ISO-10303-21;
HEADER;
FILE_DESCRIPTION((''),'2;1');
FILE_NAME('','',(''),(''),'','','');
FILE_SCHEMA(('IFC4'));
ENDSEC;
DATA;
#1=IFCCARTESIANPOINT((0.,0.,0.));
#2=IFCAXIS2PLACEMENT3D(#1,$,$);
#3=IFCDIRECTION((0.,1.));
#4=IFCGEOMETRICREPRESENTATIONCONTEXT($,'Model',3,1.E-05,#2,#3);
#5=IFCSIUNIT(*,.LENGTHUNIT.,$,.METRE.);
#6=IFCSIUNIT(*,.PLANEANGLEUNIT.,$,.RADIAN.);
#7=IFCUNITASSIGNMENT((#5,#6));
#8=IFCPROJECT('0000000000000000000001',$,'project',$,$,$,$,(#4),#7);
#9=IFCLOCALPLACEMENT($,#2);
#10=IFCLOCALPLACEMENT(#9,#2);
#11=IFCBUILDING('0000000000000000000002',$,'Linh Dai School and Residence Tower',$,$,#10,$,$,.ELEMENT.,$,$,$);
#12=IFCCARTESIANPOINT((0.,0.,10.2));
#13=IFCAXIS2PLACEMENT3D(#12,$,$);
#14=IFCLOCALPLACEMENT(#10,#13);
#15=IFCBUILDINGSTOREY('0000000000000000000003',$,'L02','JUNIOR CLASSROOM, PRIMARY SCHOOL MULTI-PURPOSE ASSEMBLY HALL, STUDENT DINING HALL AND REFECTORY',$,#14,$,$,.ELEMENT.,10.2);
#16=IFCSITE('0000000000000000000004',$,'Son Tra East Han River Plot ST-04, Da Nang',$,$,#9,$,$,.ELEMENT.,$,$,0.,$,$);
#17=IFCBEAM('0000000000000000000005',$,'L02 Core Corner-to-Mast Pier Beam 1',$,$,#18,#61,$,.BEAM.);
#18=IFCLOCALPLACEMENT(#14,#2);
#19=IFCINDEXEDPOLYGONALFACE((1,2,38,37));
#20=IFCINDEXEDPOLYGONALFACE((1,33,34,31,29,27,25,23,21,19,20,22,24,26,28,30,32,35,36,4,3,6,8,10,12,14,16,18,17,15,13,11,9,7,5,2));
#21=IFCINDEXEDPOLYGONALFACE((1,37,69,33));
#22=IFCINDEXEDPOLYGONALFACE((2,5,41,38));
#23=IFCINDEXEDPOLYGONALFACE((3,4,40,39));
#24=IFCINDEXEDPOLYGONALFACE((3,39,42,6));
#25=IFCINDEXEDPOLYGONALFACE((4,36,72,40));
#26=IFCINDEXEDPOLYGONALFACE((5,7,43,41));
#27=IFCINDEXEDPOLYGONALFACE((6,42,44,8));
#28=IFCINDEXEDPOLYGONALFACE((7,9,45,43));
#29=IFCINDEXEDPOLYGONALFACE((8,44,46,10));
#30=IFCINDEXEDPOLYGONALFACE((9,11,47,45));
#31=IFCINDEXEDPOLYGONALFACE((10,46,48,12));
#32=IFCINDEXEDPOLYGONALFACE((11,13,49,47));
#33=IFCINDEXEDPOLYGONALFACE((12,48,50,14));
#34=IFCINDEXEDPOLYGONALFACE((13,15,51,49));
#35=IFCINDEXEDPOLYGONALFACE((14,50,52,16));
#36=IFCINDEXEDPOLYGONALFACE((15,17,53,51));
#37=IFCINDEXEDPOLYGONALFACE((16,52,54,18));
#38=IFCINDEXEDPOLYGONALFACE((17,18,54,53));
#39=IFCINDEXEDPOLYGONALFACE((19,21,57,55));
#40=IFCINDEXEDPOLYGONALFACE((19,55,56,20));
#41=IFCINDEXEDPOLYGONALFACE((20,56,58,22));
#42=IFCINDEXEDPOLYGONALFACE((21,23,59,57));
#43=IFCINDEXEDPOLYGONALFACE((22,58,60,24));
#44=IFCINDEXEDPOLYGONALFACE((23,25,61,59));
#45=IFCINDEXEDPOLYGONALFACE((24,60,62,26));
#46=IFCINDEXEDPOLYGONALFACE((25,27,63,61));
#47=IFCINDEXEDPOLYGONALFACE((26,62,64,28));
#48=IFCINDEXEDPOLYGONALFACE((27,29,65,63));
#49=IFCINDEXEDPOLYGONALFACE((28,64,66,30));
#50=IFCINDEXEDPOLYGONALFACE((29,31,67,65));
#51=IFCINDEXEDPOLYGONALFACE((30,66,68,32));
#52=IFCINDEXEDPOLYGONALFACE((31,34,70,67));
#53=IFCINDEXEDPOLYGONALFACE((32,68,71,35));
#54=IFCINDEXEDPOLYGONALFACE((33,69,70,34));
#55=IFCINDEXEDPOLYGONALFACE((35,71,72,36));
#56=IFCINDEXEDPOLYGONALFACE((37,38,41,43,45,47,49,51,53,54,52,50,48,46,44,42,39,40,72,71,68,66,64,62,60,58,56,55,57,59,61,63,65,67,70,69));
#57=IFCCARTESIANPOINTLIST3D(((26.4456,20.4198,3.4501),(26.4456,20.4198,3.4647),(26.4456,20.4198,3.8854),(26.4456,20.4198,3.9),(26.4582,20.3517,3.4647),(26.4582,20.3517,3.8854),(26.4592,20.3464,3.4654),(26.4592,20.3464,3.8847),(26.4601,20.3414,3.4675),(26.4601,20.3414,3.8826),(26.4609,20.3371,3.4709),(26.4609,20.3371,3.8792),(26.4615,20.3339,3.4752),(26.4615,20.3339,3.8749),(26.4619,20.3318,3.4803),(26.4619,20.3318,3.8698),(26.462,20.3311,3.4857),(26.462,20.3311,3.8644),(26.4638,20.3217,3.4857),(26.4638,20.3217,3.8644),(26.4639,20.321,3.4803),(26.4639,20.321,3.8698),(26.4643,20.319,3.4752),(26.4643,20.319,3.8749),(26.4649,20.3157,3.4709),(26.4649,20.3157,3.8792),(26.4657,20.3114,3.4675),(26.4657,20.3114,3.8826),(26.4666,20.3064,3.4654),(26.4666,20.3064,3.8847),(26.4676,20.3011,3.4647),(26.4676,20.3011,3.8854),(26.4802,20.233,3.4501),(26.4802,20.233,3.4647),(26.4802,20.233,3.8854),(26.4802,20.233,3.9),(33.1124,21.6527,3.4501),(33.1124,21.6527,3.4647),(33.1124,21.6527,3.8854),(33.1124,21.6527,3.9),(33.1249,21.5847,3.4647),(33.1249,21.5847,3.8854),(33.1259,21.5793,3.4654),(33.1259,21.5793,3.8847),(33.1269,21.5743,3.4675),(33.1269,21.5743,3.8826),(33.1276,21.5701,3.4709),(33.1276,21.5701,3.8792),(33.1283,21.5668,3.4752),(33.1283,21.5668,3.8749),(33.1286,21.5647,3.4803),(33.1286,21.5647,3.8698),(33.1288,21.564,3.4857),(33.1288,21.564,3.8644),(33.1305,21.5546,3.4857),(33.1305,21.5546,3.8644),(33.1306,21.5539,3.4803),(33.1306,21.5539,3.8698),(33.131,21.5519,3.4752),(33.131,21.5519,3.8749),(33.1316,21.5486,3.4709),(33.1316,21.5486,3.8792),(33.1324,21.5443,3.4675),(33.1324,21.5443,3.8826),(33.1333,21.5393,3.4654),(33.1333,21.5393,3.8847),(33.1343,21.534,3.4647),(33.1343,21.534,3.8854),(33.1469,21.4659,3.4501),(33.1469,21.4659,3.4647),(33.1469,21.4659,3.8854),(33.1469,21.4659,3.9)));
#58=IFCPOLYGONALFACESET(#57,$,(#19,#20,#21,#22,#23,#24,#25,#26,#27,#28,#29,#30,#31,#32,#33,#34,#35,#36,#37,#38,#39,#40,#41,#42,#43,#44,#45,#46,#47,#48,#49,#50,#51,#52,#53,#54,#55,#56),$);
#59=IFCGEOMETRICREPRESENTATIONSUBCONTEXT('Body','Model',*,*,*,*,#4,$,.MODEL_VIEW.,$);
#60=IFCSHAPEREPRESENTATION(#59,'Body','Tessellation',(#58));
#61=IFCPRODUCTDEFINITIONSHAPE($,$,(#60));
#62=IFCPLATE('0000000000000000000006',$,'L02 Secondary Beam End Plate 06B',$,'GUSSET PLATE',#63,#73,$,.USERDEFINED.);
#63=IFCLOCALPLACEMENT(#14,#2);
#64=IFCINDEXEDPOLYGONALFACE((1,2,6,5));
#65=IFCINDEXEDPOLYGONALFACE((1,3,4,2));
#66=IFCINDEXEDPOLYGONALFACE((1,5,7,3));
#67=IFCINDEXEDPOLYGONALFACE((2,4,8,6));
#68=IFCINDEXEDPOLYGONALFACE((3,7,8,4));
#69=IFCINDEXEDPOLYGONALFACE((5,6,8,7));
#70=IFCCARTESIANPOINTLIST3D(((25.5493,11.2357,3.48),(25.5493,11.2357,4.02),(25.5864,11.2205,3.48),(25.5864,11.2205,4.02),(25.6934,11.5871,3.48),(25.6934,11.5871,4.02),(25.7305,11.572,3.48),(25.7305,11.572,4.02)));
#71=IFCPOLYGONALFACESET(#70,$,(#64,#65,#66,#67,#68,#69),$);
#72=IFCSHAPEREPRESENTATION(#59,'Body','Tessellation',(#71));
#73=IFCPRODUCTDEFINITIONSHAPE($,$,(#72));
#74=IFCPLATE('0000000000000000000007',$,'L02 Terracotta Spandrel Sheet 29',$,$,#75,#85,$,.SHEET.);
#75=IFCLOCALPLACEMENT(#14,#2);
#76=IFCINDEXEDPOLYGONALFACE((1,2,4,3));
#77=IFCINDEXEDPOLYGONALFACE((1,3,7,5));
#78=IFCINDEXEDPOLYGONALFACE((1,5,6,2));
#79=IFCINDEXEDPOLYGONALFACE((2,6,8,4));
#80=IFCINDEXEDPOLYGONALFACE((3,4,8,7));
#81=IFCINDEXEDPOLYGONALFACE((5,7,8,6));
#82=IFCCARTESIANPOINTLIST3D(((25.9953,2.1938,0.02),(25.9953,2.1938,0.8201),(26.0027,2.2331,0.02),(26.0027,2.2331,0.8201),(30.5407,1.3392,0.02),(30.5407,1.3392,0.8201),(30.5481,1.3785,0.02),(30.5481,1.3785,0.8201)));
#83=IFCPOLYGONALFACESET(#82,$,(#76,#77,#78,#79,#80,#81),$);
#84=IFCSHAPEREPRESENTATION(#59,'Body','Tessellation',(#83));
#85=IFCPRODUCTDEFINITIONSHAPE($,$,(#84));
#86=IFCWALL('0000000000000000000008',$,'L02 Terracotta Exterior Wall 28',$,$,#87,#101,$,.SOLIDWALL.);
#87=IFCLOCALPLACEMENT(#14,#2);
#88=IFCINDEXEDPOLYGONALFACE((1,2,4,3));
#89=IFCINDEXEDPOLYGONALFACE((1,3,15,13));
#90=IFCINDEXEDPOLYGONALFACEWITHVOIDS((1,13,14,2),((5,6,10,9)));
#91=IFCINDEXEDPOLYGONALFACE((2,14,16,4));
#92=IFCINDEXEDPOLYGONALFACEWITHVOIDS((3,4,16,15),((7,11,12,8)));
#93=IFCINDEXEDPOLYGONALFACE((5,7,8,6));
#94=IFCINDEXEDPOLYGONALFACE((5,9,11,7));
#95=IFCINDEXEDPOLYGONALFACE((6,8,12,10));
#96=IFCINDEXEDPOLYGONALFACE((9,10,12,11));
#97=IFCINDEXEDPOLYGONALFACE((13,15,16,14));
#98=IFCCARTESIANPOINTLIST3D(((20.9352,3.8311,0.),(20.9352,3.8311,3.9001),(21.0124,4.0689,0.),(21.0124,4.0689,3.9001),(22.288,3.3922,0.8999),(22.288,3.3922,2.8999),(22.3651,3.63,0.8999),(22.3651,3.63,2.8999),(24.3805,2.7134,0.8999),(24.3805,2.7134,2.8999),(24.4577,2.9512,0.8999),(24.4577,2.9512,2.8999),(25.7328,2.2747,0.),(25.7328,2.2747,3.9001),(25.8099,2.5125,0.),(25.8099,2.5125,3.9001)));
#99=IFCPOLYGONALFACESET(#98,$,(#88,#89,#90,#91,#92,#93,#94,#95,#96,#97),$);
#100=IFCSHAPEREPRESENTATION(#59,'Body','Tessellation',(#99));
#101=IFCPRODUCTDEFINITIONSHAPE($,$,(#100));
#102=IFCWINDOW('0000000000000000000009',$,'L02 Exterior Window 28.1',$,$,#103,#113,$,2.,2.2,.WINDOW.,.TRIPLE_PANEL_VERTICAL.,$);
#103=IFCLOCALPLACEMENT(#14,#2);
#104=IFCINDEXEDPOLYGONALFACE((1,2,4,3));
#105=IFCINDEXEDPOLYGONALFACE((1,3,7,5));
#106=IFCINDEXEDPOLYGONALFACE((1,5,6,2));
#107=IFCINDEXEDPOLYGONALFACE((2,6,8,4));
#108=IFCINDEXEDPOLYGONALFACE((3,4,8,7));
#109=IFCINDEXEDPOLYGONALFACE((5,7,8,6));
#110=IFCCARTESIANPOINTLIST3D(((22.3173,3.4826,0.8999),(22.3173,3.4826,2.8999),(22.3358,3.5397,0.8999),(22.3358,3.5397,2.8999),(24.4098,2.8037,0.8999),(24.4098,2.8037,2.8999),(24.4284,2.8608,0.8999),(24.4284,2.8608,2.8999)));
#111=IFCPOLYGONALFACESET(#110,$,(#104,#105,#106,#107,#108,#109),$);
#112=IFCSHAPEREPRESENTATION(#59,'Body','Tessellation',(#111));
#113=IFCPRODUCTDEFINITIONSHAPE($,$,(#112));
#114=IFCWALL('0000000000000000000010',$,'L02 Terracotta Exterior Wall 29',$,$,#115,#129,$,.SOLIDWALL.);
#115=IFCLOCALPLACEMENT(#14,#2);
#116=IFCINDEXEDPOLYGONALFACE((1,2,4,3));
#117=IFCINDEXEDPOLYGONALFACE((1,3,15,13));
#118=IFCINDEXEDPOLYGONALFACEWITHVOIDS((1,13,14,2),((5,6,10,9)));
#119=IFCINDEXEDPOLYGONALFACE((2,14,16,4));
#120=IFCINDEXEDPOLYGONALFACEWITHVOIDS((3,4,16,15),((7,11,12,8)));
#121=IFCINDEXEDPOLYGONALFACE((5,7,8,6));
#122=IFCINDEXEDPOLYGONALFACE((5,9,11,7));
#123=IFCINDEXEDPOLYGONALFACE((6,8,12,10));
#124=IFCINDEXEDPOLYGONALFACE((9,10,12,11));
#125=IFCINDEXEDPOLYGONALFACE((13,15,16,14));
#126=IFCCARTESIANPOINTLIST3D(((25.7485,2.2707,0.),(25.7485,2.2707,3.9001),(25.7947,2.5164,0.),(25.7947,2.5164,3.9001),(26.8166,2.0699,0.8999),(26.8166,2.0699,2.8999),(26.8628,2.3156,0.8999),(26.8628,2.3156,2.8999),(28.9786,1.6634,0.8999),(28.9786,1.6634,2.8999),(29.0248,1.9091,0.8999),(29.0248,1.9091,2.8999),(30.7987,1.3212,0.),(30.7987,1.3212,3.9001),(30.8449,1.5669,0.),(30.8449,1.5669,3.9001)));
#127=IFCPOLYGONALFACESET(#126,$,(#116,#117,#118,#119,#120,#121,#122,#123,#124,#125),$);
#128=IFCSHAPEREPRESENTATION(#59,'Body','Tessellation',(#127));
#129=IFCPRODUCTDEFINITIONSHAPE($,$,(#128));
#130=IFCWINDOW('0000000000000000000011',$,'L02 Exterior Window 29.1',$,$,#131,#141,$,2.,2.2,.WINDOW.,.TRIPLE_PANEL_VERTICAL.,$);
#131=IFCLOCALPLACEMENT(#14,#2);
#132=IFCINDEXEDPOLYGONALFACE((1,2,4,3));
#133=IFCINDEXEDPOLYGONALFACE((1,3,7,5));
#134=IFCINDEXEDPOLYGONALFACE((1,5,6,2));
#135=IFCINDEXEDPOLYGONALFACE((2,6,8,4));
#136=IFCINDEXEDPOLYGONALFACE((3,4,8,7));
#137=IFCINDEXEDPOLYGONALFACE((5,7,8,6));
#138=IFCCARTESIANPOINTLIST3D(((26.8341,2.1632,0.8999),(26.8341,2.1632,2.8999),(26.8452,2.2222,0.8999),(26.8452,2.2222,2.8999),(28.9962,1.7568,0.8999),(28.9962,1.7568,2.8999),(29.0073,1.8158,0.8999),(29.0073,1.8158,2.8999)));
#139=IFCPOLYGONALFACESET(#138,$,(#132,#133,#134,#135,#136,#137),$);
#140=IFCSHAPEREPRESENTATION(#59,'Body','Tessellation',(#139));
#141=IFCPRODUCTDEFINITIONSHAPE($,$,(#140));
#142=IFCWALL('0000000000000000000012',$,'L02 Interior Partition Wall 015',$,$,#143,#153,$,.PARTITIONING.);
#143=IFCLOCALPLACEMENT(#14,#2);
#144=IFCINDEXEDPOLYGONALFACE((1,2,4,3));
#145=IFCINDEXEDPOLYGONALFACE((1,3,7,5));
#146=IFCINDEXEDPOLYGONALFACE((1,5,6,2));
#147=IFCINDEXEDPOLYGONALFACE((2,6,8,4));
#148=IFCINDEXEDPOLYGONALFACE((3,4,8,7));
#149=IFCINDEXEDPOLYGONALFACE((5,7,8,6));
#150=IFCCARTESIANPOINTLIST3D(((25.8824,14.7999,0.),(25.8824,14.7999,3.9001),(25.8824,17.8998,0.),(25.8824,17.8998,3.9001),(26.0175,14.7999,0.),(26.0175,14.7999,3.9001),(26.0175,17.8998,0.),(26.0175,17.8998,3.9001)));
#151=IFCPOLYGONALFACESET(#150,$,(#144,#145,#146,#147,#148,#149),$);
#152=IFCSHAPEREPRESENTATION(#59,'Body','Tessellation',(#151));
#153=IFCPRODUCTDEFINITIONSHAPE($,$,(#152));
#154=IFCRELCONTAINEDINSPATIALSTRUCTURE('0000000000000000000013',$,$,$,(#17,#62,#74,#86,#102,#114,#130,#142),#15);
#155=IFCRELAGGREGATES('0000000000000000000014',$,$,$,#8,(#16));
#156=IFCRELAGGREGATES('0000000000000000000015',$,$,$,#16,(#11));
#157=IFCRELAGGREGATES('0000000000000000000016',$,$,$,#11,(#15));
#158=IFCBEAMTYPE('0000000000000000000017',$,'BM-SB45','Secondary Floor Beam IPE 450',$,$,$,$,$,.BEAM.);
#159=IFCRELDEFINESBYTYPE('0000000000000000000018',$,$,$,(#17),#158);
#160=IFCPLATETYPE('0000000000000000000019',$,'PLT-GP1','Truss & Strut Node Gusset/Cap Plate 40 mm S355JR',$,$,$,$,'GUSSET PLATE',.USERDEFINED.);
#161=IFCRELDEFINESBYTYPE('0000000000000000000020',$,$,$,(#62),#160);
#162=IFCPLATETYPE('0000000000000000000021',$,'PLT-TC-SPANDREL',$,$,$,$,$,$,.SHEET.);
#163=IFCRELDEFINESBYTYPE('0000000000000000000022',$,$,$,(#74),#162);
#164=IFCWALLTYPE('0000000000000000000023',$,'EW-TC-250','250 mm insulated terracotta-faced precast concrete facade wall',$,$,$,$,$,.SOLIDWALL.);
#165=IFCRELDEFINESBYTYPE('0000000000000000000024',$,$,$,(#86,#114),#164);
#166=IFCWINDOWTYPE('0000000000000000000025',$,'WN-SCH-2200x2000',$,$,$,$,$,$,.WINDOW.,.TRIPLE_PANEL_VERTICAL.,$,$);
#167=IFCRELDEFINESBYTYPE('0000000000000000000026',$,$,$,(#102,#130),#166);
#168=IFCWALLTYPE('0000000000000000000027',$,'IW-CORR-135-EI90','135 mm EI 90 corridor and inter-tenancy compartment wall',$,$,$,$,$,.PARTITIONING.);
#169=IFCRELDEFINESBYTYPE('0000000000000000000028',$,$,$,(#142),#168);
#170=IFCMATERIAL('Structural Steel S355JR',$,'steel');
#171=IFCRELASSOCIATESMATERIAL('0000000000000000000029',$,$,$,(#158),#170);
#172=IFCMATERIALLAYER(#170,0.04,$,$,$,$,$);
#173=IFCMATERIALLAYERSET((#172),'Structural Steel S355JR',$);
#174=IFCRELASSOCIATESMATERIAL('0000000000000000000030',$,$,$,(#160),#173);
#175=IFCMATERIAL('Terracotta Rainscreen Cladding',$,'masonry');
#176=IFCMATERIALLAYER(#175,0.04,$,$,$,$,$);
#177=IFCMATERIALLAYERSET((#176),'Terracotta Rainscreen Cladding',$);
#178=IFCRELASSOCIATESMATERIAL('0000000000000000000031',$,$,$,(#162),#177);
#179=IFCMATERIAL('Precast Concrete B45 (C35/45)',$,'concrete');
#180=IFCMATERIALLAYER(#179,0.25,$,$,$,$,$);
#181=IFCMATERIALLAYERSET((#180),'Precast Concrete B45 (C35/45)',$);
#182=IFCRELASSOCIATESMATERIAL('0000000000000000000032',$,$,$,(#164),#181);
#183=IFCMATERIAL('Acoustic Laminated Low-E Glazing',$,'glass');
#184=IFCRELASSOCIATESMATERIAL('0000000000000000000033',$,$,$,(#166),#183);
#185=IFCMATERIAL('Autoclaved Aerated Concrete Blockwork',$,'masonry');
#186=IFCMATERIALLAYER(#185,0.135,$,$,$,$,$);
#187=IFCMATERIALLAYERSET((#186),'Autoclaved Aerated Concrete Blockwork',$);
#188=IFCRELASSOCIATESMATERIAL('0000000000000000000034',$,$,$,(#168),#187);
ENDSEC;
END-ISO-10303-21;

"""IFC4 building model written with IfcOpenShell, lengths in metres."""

from ifc_helpers import new_model, si_unit, direction, frame, frame_2d, origin, origin_2d, place, context, subcontext, project, spatial, rectangle, i_section, extrude, source, transform, mapped, material, layer, layer_set, material_profile, profile_set, type_object, element, fill, save


model = new_model("IFC4")

# Units and contexts
model_context = context("Model", 3, precision=1e-05, world=origin(), true_north=direction((0.0, 1.0)))
body_context = subcontext(model_context, "Body", "Model", "MODEL_VIEW")
ifc_project = project(units=[si_unit("LENGTHUNIT", "METRE"), si_unit("PLANEANGLEUNIT", "RADIAN")], contexts=[model_context])

# Site, building, storey
site_placement = place(None, origin())
site = spatial("IfcSite", under=ifc_project, at=site_placement, Name="Son Tra East Han River Plot ST-04, Da Nang", CompositionType="ELEMENT", RefElevation=0.0)
building_placement = place(site_placement, origin())
building = spatial("IfcBuilding", under=site, at=building_placement, Name="Linh Dai School and Residence Tower", CompositionType="ELEMENT")
storey_placement = place(building_placement, frame((0.0, 0.0, 10.2)))
storey = spatial("IfcBuildingStorey", under=building, at=storey_placement, Name="L02", Description="JUNIOR CLASSROOM, PRIMARY SCHOOL MULTI-PURPOSE ASSEMBLY HALL, STUDENT DINING HALL AND REFECTORY", CompositionType="ELEMENT", Elevation=10.2)

# Shared definitions
ifc_material_1 = material(Name="Structural Steel S355JR", Category="steel")

# Beam
ifc_material_profile_1 = material_profile(ifc_material_1, i_section(OverallWidth=0.1899, OverallDepth=0.45, WebThickness=0.0095, FlangeThickness=0.0146, FilletRadius=0.021, at=origin_2d()), Name="IPE 450")
ifc_profile_set_1 = profile_set([ifc_material_profile_1], Name="Structural Steel S355JR")
beam_type_1 = type_object("IfcBeamType", Name="BM-SB45", Description="Secondary Floor Beam IPE 450", PredefinedType="BEAM", material=ifc_profile_set_1)
beam_1_placement = place(storey_placement, frame((26.4629, 20.3264, 3.675), z_axis=(0.983326, 0.181851, 0.0), x_axis=(-0.181851, 0.983326, 0.0)))
element("IfcBeam", 1, at=beam_1_placement, inside=storey, type_object=beam_type_1, Name="L02 Core Corner-to-Mast Pier Beam 1", PredefinedType="BEAM", context=body_context, shape_type="SweptSolid", body=[
    extrude(i_section(OverallWidth=0.1899, OverallDepth=0.45, WebThickness=0.0095, FlangeThickness=0.0146, FilletRadius=0.021, at=origin_2d()), origin(), (0.0, 0.0, 1.0), 6.7798),
])

# Plates
ifc_layer_1 = layer(ifc_material_1, 0.04)
ifc_layer_set_1 = layer_set([ifc_layer_1], Name="Structural Steel S355JR")
plate_type_1 = type_object("IfcPlateType", Name="PLT-GP1", Description="Truss & Strut Node Gusset/Cap Plate 40 mm S355JR", ElementType="GUSSET PLATE", PredefinedType="USERDEFINED", material=ifc_layer_set_1)
shared_shape_1 = source(origin(), body_context, "Body", "SweptSolid", [
    extrude(rectangle(XDim=0.04, YDim=0.3799, at=origin_2d()), origin(), (0.0, 0.0, 1.0), 0.54),
])
plate_1_placement = place(storey_placement, frame((25.6399, 11.4038, 3.48), z_axis=(0.0, 0.0, 1.0), x_axis=(0.925232, -0.379401, 0.0)))
element("IfcPlate", 2, at=plate_1_placement, inside=storey, type_object=plate_type_1, Name="L02 Secondary Beam End Plate 06B", ObjectType="GUSSET PLATE", PredefinedType="USERDEFINED", context=body_context, shape_type="MappedRepresentation", body=[
    mapped(shared_shape_1, transform((0.0, 0.0, 0.0), x_axis=(1.0, 0.0, 0.0), y_axis=(0.0, 1.0, 0.0), z_axis=(0.0, 0.0, 1.0), scale=1.0)),
])
ifc_material_2 = material(Name="Terracotta Rainscreen Cladding", Category="masonry")
ifc_layer_2 = layer(ifc_material_2, 0.04)
ifc_layer_set_2 = layer_set([ifc_layer_2], Name="Terracotta Rainscreen Cladding")
plate_type_2 = type_object("IfcPlateType", Name="PLT-TC-SPANDREL", PredefinedType="SHEET", material=ifc_layer_set_2)
shared_shape_2 = source(origin(), body_context, "Body", "SweptSolid", [
    extrude(rectangle(XDim=4.625, YDim=0.04, at=origin_2d()), origin(), (0.0, 0.0, 1.0), 0.8),
])
plate_2_placement = place(storey_placement, frame((28.2717, 1.7861, 0.02), z_axis=(0.0, 0.0, 1.0), x_axis=(-0.982781, 0.184775, 0.0)))
element("IfcPlate", 3, at=plate_2_placement, inside=storey, type_object=plate_type_2, Name="L02 Terracotta Spandrel Sheet 29", PredefinedType="SHEET", context=body_context, shape_type="MappedRepresentation", body=[
    mapped(shared_shape_2, transform((0.0, 0.0, 0.0), x_axis=(1.0, 0.0, 0.0), y_axis=(0.0, 1.0, 0.0), z_axis=(0.0, 0.0, 1.0), scale=1.0)),
])

# Walls, openings, windows
ifc_material_3 = material(Name="Precast Concrete B45 (C35/45)", Category="concrete")
ifc_layer_3 = layer(ifc_material_3, 0.25)
ifc_layer_set_3 = layer_set([ifc_layer_3], Name="Precast Concrete B45 (C35/45)")
wall_type_1 = type_object("IfcWallType", Name="EW-TC-250", Description="250 mm insulated terracotta-faced precast concrete facade wall", PredefinedType="SOLIDWALL", material=ifc_layer_set_3)
wall_1_placement = place(storey_placement, frame((25.7715, 2.3936, 0.0), z_axis=(0.0, 0.0, 1.0), x_axis=(-0.951199, 0.308579, 0.0)))
wall_1 = element("IfcWall", 4, at=wall_1_placement, inside=storey, type_object=wall_type_1, Name="L02 Terracotta Exterior Wall 28", PredefinedType="SOLIDWALL", context=body_context, shape_type="SweptSolid", body=[
    extrude(rectangle(XDim=5.0437, YDim=0.25, at=frame_2d((2.522, 0.0))), origin(), (0.0, 0.0, 1.0), 3.9001),
])
opening_1_placement = place(wall_1_placement, frame((1.4216, 0.0, 0.8999)))
opening_1 = element("IfcOpeningElement", 5, at=opening_1_placement, cuts=wall_1, PredefinedType="OPENING", context=body_context, shape_type="SweptSolid", body=[
    extrude(rectangle(XDim=2.2, YDim=2.0, at=origin_2d()), frame((1.1001, 0.135, 1.0), z_axis=(0.0, -1.0, 0.0), x_axis=(1.0, 0.0, 0.0)), (0.0, 0.0, 1.0), 0.27),
])
ifc_material_4 = material(Name="Acoustic Laminated Low-E Glazing", Category="glass")
window_type = type_object("IfcWindowType", Name="WN-SCH-2200x2000", PartitioningType="TRIPLE_PANEL_VERTICAL", PredefinedType="WINDOW", material=ifc_material_4)
shared_shape_3 = source(origin(), body_context, "Body", "SweptSolid", [
    extrude(rectangle(XDim=2.2, YDim=2.0, at=origin_2d()), frame((1.1001, 0.03, 1.0), z_axis=(0.0, -1.0, 0.0), x_axis=(1.0, 0.0, 0.0)), (0.0, 0.0, 1.0), 0.0601),
])
window_1_placement = place(opening_1_placement, origin())
window_1 = element("IfcWindow", 6, at=window_1_placement, inside=storey, type_object=window_type, Name="L02 Exterior Window 28.1", OverallHeight=2.0, OverallWidth=2.2, PartitioningType="TRIPLE_PANEL_VERTICAL", PredefinedType="WINDOW", context=body_context, shape_type="MappedRepresentation", body=[
    mapped(shared_shape_3, transform((0.0, 0.0, 0.0), x_axis=(1.0, 0.0, 0.0), y_axis=(0.0, 1.0, 0.0), z_axis=(0.0, 0.0, 1.0), scale=1.0)),
])
fill(opening_1, window_1)
wall_2_placement = place(storey_placement, frame((30.8218, 1.4441, 0.0), z_axis=(0.0, 0.0, 1.0), x_axis=(-0.982783, 0.184765, 0.0)))
wall_2 = element("IfcWall", 7, at=wall_2_placement, inside=storey, type_object=wall_type_1, Name="L02 Terracotta Exterior Wall 29", PredefinedType="SOLIDWALL", context=body_context, shape_type="SweptSolid", body=[
    extrude(rectangle(XDim=5.1387, YDim=0.25, at=frame_2d((2.5693, 0.0))), origin(), (0.0, 0.0, 1.0), 3.9001),
])
opening_2_placement = place(wall_2_placement, frame((1.8518, 0.0, 0.8999)))
opening_2 = element("IfcOpeningElement", 8, at=opening_2_placement, cuts=wall_2, PredefinedType="OPENING", context=body_context, shape_type="SweptSolid", body=[
    extrude(rectangle(XDim=2.2, YDim=2.0, at=origin_2d()), frame((1.1001, 0.135, 1.0), z_axis=(0.0, -1.0, 0.0), x_axis=(1.0, 0.0, 0.0)), (0.0, 0.0, 1.0), 0.27),
])
window_2_placement = place(opening_2_placement, origin())
window_2 = element("IfcWindow", 9, at=window_2_placement, inside=storey, type_object=window_type, Name="L02 Exterior Window 29.1", OverallHeight=2.0, OverallWidth=2.2, PartitioningType="TRIPLE_PANEL_VERTICAL", PredefinedType="WINDOW", context=body_context, shape_type="MappedRepresentation", body=[
    mapped(shared_shape_3, transform((0.0, 0.0, 0.0), x_axis=(1.0, 0.0, 0.0), y_axis=(0.0, 1.0, 0.0), z_axis=(0.0, 0.0, 1.0), scale=1.0)),
])
fill(opening_2, window_2)

# Wall
ifc_material_5 = material(Name="Autoclaved Aerated Concrete Blockwork", Category="masonry")
ifc_layer_4 = layer(ifc_material_5, 0.135)
ifc_layer_set_4 = layer_set([ifc_layer_4], Name="Autoclaved Aerated Concrete Blockwork")
wall_type_2 = type_object("IfcWallType", Name="IW-CORR-135-EI90", Description="135 mm EI 90 corridor and inter-tenancy compartment wall", PredefinedType="PARTITIONING", material=ifc_layer_set_4)
wall_3_placement = place(storey_placement, frame((25.95, 14.8, 0.0), z_axis=(0.0, 0.0, 1.0), x_axis=(0.0, 1.0, 0.0)))
element("IfcWall", 10, at=wall_3_placement, inside=storey, type_object=wall_type_2, Name="L02 Interior Partition Wall 015", PredefinedType="PARTITIONING", context=body_context, shape_type="SweptSolid", body=[
    extrude(rectangle(XDim=3.0999, YDim=0.135, at=frame_2d((1.5498, 0.0))), origin(), (0.0, 0.0, 1.0), 3.9001),
])

save(model, "model.ifc")
